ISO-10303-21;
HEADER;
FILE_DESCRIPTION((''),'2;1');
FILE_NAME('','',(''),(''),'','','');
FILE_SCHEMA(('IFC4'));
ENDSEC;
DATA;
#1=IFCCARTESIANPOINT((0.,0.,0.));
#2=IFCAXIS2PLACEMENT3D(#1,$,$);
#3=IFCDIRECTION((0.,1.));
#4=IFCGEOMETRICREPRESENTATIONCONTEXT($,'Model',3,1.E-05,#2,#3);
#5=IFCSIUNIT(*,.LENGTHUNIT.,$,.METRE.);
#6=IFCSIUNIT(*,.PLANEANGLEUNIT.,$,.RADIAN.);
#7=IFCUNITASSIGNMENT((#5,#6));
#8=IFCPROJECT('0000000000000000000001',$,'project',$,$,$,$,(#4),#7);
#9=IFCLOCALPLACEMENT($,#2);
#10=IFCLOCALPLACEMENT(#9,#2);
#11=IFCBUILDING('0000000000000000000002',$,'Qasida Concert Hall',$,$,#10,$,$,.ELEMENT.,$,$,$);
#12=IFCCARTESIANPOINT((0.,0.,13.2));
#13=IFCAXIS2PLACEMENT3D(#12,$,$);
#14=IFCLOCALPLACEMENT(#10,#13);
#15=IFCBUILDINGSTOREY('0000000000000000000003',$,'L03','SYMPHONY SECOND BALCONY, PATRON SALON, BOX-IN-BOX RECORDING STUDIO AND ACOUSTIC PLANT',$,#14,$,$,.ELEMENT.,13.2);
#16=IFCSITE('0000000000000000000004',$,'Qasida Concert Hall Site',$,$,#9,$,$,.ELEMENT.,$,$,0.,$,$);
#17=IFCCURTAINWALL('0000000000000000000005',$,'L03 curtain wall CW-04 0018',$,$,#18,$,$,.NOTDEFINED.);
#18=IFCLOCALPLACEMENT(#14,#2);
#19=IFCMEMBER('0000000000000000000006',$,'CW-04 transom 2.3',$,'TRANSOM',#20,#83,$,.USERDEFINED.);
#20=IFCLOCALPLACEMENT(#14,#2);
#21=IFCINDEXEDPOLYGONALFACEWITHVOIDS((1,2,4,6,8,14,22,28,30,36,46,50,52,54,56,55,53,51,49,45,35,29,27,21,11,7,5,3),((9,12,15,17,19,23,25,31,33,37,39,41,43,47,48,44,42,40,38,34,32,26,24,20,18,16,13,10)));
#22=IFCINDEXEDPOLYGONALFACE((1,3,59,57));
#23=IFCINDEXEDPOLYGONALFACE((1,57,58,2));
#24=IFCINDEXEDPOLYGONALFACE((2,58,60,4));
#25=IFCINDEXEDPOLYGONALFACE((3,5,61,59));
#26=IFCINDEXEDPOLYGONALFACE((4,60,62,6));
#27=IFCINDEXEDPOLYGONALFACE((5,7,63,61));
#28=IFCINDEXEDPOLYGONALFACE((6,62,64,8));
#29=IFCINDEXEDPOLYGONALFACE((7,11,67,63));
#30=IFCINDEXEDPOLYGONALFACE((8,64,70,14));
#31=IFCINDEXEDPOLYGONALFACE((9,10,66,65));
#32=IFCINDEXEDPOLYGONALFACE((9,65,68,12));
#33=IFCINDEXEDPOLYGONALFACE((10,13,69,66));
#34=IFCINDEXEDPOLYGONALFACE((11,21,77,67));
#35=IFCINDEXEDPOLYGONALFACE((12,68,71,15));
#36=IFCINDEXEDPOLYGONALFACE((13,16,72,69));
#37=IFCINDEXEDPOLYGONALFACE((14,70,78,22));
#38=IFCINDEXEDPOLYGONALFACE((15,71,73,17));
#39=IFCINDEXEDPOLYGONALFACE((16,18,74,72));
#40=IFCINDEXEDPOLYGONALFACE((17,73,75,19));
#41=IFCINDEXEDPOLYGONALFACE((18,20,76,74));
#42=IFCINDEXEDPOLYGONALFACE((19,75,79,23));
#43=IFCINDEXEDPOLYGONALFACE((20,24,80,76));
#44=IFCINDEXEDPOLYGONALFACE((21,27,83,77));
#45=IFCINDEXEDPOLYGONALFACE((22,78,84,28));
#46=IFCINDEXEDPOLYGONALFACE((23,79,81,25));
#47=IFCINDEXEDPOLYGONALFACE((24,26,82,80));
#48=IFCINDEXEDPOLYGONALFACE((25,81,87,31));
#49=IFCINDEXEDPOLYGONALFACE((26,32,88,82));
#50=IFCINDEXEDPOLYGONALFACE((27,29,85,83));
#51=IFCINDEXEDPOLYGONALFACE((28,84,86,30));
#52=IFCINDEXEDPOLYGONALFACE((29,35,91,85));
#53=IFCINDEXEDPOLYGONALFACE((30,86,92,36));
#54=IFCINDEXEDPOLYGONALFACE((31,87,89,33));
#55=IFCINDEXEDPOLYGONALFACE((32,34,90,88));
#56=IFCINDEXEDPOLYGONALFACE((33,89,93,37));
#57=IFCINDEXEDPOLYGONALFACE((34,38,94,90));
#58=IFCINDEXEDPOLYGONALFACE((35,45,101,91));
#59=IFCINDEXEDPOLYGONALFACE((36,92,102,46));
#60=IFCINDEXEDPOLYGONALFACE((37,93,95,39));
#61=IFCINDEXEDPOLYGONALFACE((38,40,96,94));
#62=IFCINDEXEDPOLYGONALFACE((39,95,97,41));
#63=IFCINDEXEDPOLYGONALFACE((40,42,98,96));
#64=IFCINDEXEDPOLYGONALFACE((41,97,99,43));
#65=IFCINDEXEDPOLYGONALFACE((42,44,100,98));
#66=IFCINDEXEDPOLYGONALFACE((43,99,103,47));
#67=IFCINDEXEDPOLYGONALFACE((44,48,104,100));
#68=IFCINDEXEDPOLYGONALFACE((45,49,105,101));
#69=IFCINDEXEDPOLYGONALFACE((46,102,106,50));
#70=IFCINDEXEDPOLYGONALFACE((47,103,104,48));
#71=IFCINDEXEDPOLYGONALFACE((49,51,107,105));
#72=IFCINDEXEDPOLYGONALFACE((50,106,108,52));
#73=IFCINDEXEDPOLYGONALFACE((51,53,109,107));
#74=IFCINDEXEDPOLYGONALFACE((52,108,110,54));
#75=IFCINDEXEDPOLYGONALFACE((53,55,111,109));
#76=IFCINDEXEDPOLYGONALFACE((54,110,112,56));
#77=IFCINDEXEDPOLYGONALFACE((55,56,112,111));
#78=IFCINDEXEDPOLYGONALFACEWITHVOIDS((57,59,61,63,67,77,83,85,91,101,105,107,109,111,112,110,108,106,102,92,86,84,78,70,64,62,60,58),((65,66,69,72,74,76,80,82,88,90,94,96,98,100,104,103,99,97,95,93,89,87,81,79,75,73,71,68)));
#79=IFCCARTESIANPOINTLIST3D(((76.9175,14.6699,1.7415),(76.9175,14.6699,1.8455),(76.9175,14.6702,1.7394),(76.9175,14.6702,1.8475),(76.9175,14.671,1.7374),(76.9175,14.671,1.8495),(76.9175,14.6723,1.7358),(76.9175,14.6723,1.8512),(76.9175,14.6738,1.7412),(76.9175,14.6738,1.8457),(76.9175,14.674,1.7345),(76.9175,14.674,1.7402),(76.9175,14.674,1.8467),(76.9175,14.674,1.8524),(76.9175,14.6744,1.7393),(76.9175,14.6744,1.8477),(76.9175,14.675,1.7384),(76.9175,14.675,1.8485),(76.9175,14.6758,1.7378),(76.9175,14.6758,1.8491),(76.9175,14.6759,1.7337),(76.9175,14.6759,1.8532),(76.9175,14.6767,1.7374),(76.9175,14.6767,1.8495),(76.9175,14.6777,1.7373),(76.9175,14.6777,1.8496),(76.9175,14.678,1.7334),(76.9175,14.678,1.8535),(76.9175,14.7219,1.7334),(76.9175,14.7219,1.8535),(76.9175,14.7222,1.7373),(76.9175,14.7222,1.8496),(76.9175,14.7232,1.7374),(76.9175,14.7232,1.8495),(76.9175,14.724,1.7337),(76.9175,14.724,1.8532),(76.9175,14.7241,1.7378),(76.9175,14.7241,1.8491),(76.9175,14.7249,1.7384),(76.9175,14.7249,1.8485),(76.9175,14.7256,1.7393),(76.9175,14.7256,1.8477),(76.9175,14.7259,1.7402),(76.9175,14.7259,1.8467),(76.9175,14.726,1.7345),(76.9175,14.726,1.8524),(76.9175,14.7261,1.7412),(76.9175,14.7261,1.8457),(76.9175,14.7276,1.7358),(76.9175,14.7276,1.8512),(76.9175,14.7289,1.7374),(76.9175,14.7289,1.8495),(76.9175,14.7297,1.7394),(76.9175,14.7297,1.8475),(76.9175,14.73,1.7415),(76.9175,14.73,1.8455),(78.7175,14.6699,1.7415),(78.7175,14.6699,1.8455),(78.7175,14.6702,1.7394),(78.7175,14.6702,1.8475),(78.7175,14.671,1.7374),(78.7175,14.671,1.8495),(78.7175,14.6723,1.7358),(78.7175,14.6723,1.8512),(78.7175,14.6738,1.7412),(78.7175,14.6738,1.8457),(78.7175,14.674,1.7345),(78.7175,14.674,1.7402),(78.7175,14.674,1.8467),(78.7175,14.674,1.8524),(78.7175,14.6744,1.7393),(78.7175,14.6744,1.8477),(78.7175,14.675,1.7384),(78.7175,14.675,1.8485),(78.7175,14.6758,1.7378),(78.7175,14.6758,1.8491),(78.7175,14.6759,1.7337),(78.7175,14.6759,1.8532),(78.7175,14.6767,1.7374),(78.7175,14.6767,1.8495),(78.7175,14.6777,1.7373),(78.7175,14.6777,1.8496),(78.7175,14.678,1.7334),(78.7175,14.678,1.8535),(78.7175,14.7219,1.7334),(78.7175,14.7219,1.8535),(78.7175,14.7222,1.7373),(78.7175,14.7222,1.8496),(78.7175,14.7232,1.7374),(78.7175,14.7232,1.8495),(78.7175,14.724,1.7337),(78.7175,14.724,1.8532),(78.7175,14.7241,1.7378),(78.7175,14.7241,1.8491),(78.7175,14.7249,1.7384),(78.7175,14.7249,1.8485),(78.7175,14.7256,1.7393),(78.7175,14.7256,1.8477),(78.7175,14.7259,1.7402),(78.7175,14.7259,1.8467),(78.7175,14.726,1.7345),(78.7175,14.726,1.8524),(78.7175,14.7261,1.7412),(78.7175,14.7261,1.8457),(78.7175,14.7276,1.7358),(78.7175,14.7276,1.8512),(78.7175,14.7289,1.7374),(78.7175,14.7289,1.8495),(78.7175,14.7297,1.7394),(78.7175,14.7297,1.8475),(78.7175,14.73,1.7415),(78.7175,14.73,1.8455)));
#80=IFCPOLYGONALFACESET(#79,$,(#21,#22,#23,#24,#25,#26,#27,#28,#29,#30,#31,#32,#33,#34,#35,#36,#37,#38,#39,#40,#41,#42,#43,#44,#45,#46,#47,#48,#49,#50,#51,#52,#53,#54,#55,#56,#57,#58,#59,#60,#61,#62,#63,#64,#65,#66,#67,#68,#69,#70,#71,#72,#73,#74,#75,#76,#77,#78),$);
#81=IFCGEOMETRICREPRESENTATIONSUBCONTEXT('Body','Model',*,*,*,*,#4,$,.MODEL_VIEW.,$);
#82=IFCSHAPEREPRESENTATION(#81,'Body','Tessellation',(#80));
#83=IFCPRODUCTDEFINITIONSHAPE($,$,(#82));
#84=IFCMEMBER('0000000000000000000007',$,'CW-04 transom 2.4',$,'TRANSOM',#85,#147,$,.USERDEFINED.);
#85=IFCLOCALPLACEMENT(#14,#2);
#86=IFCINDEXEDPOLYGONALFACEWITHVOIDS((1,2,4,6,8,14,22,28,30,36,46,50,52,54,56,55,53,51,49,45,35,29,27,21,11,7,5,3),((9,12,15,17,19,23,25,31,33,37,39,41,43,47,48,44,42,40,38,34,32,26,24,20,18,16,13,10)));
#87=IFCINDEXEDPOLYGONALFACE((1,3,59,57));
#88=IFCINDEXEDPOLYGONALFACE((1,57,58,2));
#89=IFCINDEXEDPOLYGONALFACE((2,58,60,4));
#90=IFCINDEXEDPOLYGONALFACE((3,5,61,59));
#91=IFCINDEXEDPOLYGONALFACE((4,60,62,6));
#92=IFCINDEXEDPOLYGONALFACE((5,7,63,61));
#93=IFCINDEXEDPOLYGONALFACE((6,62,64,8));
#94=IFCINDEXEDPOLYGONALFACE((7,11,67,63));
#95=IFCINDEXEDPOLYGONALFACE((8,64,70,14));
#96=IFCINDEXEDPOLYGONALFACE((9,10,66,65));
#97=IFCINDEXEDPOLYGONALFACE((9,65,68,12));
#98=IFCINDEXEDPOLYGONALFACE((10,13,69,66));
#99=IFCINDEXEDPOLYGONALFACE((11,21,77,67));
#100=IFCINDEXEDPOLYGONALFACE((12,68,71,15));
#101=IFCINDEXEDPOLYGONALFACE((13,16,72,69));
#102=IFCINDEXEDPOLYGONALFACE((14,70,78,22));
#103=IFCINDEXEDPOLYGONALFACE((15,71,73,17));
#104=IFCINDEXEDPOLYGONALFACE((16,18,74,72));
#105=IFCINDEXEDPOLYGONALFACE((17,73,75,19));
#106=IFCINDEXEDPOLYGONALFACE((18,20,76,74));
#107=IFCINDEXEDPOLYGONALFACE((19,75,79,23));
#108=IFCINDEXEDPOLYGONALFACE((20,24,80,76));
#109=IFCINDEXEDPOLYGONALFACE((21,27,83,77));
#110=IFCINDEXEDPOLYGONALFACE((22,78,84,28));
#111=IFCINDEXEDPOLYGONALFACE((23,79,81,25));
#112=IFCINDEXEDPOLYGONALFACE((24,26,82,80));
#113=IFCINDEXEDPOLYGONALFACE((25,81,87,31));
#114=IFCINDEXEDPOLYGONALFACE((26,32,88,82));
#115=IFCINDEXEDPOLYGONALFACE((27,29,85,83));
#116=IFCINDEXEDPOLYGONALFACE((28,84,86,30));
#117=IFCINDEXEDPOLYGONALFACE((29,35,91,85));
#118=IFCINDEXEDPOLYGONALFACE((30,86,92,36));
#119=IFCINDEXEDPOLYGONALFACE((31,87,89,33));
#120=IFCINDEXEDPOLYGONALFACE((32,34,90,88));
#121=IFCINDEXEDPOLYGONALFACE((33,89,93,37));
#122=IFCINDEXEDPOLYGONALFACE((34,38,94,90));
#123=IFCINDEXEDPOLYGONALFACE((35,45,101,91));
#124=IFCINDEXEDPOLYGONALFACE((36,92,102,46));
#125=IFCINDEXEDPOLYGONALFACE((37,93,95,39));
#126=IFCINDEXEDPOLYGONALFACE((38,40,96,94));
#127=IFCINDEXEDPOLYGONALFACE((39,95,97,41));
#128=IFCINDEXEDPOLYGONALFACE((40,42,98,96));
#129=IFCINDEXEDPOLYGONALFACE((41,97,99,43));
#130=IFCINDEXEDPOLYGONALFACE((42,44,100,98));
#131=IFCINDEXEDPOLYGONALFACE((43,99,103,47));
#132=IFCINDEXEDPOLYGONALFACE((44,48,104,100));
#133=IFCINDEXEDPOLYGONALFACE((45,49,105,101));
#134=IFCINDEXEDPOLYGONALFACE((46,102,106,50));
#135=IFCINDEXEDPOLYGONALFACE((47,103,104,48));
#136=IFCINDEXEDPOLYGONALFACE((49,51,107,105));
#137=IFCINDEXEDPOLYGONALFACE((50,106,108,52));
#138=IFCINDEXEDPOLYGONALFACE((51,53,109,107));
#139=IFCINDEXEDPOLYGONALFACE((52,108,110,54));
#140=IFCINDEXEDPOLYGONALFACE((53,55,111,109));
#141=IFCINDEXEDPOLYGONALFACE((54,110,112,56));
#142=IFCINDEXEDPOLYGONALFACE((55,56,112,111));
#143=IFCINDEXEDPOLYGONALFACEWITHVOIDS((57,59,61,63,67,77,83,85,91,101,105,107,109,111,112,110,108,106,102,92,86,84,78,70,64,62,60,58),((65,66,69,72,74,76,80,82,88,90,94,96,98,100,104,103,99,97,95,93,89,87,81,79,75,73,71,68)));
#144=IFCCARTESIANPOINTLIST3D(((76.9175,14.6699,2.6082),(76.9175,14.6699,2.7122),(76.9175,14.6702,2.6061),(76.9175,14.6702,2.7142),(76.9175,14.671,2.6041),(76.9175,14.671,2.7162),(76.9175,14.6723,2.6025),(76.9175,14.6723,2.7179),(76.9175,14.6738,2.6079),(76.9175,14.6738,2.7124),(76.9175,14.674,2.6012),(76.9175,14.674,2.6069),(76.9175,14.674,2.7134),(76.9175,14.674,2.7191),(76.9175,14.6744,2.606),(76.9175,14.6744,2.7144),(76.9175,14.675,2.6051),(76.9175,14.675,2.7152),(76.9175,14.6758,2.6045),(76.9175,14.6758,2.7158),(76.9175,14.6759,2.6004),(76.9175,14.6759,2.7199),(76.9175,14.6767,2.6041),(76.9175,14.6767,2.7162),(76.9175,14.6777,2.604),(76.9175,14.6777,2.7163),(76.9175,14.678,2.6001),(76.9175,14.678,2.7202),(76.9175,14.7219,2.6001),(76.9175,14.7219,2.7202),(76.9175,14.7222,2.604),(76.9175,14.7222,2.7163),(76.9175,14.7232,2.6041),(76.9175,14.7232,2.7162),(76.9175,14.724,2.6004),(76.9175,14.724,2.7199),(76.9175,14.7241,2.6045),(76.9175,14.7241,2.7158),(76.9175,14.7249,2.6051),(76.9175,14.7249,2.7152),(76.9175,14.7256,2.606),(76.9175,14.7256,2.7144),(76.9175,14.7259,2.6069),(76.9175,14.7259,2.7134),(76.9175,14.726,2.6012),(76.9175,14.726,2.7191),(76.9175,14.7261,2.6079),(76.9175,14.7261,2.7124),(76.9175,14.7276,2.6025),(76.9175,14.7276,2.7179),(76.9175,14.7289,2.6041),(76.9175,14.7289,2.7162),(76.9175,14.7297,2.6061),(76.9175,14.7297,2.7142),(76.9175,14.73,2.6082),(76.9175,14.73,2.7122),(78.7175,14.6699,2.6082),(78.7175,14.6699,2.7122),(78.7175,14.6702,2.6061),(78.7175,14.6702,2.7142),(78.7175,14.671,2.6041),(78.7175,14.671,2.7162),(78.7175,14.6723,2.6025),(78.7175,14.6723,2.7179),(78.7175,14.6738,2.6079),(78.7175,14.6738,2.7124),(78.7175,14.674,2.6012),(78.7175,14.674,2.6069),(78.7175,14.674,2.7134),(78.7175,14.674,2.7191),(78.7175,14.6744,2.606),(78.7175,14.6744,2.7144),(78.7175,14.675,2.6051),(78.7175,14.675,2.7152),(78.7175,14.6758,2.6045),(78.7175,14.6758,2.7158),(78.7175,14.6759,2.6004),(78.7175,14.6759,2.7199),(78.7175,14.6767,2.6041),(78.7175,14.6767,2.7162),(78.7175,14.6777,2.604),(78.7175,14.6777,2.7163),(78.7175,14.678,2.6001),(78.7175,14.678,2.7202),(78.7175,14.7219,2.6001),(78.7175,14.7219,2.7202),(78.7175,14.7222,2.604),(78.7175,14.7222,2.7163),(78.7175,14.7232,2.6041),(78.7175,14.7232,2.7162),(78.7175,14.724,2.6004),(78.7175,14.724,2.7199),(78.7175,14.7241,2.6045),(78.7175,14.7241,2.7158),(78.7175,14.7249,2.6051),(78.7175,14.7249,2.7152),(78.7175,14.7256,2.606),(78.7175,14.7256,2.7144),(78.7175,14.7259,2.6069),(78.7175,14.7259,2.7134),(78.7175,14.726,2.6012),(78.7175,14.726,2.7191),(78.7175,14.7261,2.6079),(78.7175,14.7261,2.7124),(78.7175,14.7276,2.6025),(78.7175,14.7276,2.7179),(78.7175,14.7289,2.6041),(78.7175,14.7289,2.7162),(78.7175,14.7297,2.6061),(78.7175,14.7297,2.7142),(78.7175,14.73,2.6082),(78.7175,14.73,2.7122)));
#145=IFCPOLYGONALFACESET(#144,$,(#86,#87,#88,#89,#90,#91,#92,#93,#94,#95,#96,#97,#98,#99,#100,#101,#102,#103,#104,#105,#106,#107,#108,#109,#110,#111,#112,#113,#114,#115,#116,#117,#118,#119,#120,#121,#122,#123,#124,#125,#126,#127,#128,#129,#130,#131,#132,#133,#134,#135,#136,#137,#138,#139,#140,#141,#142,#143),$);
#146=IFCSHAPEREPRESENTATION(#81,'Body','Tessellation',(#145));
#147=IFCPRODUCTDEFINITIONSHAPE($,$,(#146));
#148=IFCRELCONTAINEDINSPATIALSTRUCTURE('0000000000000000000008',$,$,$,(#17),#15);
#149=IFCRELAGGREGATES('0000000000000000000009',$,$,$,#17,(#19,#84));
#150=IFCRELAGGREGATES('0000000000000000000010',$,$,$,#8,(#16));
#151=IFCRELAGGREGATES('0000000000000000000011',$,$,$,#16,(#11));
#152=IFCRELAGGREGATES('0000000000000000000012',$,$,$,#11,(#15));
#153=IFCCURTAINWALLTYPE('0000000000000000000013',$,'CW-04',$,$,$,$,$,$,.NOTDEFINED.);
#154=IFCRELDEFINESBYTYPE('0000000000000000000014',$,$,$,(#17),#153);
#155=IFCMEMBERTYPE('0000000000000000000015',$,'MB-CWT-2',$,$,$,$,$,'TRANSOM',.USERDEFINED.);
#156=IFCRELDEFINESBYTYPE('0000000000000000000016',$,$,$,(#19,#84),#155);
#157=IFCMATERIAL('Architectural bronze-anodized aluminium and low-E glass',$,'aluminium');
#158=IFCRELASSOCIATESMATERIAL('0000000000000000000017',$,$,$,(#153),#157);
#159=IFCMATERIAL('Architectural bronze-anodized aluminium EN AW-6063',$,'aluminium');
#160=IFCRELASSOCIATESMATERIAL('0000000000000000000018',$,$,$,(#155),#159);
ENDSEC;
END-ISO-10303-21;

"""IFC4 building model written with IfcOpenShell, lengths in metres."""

from ifc_helpers import new_model, si_unit, direction, frame, origin, origin_2d, place, context, subcontext, project, spatial, hollow_rectangle, extrude, material, material_profile, profile_set, type_object, element, aggregate, save


model = new_model("IFC4")

# Units and contexts
model_context = context("Model", 3, precision=1e-05, world=origin(), true_north=direction((0.0, 1.0)))
body_context = subcontext(model_context, "Body", "Model", "MODEL_VIEW")
ifc_project = project(units=[si_unit("LENGTHUNIT", "METRE"), si_unit("PLANEANGLEUNIT", "RADIAN")], contexts=[model_context])

# Site, building, storey
site_placement = place(None, origin())
site = spatial("IfcSite", under=ifc_project, at=site_placement, Name="Qasida Concert Hall Site", CompositionType="ELEMENT", RefElevation=0.0)
building_placement = place(site_placement, origin())
building = spatial("IfcBuilding", under=site, at=building_placement, Name="Qasida Concert Hall", CompositionType="ELEMENT")
storey_placement = place(building_placement, frame((0.0, 0.0, 13.2)))
storey = spatial("IfcBuildingStorey", under=building, at=storey_placement, Name="L03", Description="SYMPHONY SECOND BALCONY, PATRON SALON, BOX-IN-BOX RECORDING STUDIO AND ACOUSTIC PLANT", CompositionType="ELEMENT", Elevation=13.2)

# Curtain wall, members
ifc_material_1 = material(Name="Architectural bronze-anodized aluminium and low-E glass", Category="aluminium")
curtain_wall_type = type_object("IfcCurtainWallType", Name="CW-04", PredefinedType="NOTDEFINED", material=ifc_material_1)
curtain_wall_placement = place(storey_placement, origin())
curtain_wall = element("IfcCurtainWall", 1, at=curtain_wall_placement, inside=storey, type_object=curtain_wall_type, Name="L03 curtain wall CW-04 0018", PredefinedType="NOTDEFINED")
ifc_material_2 = material(Name="Architectural bronze-anodized aluminium EN AW-6063", Category="aluminium")
ifc_material_profile_1 = material_profile(ifc_material_2, hollow_rectangle(XDim=0.0601, YDim=0.1201, WallThickness=0.0039, InnerFilletRadius=0.0039, OuterFilletRadius=0.0081, at=origin_2d()), Name="CWT 120x60x4")
ifc_profile_set_1 = profile_set([ifc_material_profile_1], Name="Architectural bronze-anodized aluminium EN AW-6063")
member_type_1 = type_object("IfcMemberType", Name="MB-CWT-2", ElementType="TRANSOM", PredefinedType="USERDEFINED", material=ifc_profile_set_1)
member_1_placement = place(storey_placement, frame((76.9175, 14.7, 1.7935), z_axis=(1.0, 0.0, 0.0), x_axis=(0.0, 1.0, 0.0)))
member_1 = element("IfcMember", 2, at=member_1_placement, type_object=member_type_1, Name="CW-04 transom 2.3", ObjectType="TRANSOM", PredefinedType="USERDEFINED", context=body_context, shape_type="SweptSolid", body=[
    extrude(hollow_rectangle(XDim=0.0601, YDim=0.1201, WallThickness=0.0039, InnerFilletRadius=0.0039, OuterFilletRadius=0.0081, at=origin_2d()), origin(), (0.0, 0.0, 1.0), 1.8),
])
member_2_placement = place(storey_placement, frame((76.9175, 14.7, 2.6602), z_axis=(1.0, 0.0, 0.0), x_axis=(0.0, 1.0, 0.0)))
member_2 = element("IfcMember", 3, at=member_2_placement, type_object=member_type_1, Name="CW-04 transom 2.4", ObjectType="TRANSOM", PredefinedType="USERDEFINED", context=body_context, shape_type="SweptSolid", body=[
    extrude(hollow_rectangle(XDim=0.0601, YDim=0.1201, WallThickness=0.0039, InnerFilletRadius=0.0039, OuterFilletRadius=0.0081, at=origin_2d()), origin(), (0.0, 0.0, 1.0), 1.8),
])
aggregate(curtain_wall, [member_1, member_2])

save(model, "model.ifc")
